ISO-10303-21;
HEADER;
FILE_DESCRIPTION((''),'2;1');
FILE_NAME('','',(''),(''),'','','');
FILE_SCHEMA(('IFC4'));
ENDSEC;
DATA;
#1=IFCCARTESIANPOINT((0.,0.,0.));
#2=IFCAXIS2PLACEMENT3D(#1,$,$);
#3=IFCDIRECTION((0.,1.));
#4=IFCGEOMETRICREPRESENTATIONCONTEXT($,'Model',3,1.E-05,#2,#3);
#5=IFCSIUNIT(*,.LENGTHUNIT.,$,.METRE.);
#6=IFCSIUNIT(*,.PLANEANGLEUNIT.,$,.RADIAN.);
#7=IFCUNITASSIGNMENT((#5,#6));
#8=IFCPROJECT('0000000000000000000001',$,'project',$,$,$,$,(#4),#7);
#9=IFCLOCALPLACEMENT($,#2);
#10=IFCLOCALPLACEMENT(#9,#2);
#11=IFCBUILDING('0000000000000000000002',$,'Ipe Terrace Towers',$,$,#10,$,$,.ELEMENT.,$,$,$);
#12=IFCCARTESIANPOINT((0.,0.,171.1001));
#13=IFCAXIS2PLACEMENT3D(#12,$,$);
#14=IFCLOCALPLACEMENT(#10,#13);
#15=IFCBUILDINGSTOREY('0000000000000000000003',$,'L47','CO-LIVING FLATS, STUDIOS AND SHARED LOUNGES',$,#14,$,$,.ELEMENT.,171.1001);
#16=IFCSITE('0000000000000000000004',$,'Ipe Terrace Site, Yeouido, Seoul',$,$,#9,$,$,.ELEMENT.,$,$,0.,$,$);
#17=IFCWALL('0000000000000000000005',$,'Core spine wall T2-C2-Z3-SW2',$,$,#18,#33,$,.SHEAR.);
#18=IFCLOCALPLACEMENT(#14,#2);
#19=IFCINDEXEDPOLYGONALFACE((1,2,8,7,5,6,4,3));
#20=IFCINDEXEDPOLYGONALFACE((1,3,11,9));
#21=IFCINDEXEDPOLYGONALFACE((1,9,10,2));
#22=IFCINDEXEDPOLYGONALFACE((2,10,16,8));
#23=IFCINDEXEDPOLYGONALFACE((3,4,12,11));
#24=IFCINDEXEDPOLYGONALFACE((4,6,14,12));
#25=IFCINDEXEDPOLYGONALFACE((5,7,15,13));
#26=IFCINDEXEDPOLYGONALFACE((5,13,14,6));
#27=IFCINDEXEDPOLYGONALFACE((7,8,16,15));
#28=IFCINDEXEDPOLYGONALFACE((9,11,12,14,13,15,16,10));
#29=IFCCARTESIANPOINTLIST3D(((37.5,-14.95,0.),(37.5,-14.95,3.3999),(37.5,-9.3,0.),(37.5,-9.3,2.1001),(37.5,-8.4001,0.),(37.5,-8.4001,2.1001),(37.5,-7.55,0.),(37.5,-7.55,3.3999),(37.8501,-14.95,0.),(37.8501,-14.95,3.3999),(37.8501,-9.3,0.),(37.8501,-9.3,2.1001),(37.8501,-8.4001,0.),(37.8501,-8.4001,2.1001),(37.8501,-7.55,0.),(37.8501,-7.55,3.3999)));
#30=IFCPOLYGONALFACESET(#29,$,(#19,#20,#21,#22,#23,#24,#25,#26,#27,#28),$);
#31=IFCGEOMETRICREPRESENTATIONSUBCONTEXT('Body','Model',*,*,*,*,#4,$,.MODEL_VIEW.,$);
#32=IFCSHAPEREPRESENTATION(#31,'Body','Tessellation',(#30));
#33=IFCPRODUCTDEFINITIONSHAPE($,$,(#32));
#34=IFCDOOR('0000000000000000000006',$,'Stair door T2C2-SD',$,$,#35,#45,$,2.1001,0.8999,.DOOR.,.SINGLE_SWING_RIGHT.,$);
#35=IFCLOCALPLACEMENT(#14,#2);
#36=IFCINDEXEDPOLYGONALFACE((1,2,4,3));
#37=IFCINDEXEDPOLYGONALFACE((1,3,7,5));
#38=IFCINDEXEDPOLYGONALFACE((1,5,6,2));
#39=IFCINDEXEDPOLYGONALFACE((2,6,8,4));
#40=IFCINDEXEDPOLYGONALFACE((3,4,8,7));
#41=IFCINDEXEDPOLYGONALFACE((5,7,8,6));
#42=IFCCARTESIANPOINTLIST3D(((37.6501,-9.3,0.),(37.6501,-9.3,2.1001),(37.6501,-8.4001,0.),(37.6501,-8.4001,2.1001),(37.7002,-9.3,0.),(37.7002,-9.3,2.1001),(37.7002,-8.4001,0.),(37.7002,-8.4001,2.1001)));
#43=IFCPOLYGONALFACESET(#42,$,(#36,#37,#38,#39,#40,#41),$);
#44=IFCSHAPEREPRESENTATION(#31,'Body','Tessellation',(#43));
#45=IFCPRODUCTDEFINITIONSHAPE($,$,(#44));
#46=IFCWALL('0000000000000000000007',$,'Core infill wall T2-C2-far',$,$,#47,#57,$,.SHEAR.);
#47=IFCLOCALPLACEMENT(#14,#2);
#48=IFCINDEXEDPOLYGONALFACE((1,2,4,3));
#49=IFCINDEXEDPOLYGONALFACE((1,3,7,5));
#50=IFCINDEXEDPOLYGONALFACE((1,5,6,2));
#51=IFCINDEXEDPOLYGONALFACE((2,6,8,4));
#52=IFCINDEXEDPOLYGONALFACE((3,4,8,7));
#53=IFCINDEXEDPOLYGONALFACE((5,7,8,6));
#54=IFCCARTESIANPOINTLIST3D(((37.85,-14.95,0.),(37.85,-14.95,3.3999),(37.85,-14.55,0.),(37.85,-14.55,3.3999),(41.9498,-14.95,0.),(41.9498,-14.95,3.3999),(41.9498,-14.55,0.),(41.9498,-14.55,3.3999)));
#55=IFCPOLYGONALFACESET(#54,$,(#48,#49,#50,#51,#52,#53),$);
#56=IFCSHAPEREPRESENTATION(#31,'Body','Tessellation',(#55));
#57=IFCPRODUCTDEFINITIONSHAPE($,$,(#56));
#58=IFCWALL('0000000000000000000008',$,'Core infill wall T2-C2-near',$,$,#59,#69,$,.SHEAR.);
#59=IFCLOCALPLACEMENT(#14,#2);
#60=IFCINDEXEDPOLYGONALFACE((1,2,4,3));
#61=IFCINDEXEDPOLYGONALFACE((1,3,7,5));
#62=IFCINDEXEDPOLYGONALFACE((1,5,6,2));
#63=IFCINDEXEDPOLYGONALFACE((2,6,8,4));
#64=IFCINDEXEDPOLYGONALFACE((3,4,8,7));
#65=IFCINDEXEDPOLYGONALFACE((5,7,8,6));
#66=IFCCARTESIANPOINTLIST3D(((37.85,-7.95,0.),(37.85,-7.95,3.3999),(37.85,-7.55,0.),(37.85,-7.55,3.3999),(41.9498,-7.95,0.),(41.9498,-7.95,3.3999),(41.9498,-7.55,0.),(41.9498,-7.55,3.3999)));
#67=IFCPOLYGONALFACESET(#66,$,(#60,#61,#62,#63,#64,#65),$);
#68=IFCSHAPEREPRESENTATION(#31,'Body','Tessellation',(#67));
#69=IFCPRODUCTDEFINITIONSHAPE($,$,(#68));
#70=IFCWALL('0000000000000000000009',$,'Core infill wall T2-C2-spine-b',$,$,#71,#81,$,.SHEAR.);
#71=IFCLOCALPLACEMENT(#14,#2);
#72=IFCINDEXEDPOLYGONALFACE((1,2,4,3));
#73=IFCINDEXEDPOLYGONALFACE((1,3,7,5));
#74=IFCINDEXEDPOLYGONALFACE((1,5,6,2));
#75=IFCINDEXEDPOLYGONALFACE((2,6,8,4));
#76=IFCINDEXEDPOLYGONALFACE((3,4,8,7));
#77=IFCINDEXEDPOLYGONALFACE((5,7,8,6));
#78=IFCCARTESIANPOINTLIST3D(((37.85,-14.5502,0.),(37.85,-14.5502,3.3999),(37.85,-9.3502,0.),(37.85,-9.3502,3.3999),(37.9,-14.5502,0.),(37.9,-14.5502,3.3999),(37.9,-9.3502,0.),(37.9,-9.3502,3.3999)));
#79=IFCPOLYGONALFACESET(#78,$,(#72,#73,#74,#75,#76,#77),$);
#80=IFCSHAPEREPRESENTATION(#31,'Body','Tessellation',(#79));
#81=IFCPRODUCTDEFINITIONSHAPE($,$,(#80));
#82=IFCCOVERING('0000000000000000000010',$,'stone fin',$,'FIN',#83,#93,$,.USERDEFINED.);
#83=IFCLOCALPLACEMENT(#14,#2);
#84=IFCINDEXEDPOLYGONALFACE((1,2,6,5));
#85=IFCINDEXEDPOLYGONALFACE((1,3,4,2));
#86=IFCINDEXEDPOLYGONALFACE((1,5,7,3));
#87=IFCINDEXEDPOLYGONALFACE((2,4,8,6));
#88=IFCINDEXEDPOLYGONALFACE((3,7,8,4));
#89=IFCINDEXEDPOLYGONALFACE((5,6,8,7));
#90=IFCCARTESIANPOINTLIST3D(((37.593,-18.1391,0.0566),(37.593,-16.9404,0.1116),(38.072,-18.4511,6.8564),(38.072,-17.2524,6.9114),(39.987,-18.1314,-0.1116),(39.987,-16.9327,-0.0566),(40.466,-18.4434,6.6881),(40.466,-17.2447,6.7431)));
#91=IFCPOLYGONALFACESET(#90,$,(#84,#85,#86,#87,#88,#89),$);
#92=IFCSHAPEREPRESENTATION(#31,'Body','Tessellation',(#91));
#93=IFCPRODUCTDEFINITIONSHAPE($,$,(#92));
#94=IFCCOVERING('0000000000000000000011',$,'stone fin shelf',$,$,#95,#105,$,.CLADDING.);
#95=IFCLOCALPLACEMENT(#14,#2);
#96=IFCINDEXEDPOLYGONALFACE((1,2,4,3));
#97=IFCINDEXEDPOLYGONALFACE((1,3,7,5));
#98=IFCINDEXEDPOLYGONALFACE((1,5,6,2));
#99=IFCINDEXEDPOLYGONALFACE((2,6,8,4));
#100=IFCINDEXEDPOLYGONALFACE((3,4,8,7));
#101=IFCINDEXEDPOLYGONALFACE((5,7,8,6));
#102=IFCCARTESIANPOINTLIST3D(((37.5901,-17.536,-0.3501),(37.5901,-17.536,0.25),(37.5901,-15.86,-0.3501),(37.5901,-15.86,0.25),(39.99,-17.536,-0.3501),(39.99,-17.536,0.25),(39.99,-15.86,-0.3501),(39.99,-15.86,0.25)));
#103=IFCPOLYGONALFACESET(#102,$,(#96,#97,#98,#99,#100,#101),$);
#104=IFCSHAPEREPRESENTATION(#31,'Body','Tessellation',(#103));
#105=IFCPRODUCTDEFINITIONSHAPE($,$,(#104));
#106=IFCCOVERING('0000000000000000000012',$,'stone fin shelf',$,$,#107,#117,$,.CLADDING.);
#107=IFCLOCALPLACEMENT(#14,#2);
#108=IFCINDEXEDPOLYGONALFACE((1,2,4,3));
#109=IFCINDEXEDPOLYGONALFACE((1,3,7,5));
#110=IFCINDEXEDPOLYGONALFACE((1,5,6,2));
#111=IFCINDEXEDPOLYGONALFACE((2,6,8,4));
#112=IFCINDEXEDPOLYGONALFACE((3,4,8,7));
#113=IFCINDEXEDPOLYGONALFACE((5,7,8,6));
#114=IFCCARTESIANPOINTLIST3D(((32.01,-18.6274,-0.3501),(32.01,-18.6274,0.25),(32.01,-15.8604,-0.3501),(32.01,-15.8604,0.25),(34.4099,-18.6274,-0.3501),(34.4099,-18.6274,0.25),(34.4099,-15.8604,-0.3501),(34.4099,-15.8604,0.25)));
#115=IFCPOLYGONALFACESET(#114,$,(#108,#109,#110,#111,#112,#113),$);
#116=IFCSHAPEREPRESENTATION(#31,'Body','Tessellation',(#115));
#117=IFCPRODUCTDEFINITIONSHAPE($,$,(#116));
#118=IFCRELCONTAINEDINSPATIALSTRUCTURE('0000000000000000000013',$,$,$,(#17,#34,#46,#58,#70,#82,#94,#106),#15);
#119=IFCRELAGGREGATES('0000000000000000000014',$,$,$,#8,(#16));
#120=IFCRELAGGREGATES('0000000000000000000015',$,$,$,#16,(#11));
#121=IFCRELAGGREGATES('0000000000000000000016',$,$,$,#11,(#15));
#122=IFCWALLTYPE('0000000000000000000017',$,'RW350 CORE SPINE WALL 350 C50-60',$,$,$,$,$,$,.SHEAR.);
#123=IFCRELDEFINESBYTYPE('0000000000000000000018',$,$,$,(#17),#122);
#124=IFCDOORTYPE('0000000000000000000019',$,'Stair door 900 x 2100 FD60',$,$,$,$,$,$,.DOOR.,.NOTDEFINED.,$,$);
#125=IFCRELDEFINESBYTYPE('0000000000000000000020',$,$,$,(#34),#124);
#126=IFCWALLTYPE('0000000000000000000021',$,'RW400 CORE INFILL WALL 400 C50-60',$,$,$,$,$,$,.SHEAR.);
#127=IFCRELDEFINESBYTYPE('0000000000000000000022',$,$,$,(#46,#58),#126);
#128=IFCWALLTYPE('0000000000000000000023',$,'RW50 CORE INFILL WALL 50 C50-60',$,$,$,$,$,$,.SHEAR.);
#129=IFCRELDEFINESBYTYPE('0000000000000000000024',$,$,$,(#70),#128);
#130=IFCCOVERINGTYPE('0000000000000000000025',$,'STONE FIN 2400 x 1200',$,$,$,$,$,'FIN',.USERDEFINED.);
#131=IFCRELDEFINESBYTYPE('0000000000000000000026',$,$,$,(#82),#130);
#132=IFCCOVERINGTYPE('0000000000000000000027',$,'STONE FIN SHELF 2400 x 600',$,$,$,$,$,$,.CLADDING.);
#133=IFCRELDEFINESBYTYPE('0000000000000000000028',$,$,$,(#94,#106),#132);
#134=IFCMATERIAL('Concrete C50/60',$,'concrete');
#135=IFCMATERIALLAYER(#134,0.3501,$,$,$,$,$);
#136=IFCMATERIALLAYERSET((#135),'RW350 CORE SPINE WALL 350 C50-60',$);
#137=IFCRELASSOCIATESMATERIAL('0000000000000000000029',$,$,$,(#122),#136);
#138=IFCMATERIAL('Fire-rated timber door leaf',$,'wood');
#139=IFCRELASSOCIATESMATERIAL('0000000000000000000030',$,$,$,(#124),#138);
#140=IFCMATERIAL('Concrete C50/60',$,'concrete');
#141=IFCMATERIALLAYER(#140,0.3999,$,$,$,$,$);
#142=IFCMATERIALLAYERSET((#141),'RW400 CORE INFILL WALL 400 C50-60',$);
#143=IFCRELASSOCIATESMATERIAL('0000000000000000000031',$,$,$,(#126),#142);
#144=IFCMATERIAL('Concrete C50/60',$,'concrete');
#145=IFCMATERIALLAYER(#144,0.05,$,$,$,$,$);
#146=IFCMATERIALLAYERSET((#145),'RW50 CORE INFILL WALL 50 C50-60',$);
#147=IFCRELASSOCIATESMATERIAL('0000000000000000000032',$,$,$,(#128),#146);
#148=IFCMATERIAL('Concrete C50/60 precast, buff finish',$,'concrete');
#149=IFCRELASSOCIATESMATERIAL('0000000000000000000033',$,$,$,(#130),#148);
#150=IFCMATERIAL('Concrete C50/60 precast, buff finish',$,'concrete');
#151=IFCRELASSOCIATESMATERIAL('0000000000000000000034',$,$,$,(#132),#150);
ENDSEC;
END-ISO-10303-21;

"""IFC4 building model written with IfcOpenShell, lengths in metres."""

from ifc_helpers import new_model, si_unit, direction, frame, frame_2d, origin, origin_2d, place, context, subcontext, project, spatial, rectangle, extrude, material, layer, layer_set, material_profile, profile_set, type_object, element, fill, save


model = new_model("IFC4")

# Units and contexts
model_context = context("Model", 3, precision=1e-05, world=origin(), true_north=direction((0.0, 1.0)))
body_context = subcontext(model_context, "Body", "Model", "MODEL_VIEW")
ifc_project = project(units=[si_unit("LENGTHUNIT", "METRE"), si_unit("PLANEANGLEUNIT", "RADIAN")], contexts=[model_context])

# Site, building, storey
site_placement = place(None, origin())
site = spatial("IfcSite", under=ifc_project, at=site_placement, Name="Ipe Terrace Site, Yeouido, Seoul", CompositionType="ELEMENT", RefElevation=0.0)
building_placement = place(site_placement, origin())
building = spatial("IfcBuilding", under=site, at=building_placement, Name="Ipe Terrace Towers", CompositionType="ELEMENT")
storey_placement = place(building_placement, frame((0.0, 0.0, 171.1001)))
storey = spatial("IfcBuildingStorey", under=building, at=storey_placement, Name="L47", Description="CO-LIVING FLATS, STUDIOS AND SHARED LOUNGES", CompositionType="ELEMENT", Elevation=171.1001)

# Shared definitions
ifc_material_1 = material(Name="Concrete C50/60", Category="concrete")
ifc_layer_1 = layer(ifc_material_1, 0.3501)
ifc_layer_set_1 = layer_set([ifc_layer_1], Name="RW350 CORE SPINE WALL 350 C50-60")
wall_type_1 = type_object("IfcWallType", Name="RW350 CORE SPINE WALL 350 C50-60", PredefinedType="SHEAR", material=ifc_layer_set_1)

# Wall, opening, door
wall_1_placement = place(storey_placement, frame((37.675, -14.95, 0.0), z_axis=(0.0, 0.0, 1.0), x_axis=(0.0, 1.0, 0.0)))
wall_1 = element("IfcWall", 1, at=wall_1_placement, inside=storey, type_object=wall_type_1, Name="Core spine wall T2-C2-Z3-SW2", PredefinedType="SHEAR", context=body_context, shape_type="SweptSolid", body=[
    extrude(rectangle(XDim=7.3999, YDim=0.3501, at=frame_2d((3.7, 0.0))), origin(), (0.0, 0.0, 1.0), 3.3999),
])
opening_1_placement = place(wall_1_placement, frame((5.6499, 0.0, 0.0)))
opening_1 = element("IfcOpeningElement", 2, at=opening_1_placement, cuts=wall_1, PredefinedType="OPENING", context=body_context, shape_type="SweptSolid", body=[
    extrude(rectangle(XDim=0.8999, YDim=2.1001, at=frame_2d((0.45, 1.05))), frame((0.0, 0.1851, 0.0), z_axis=(0.0, -1.0, 0.0), x_axis=(1.0, 0.0, 0.0)), (0.0, 0.0, 1.0), 0.3701),
])
ifc_material_2 = material(Name="Fire-rated timber door leaf", Category="wood")
door_type_1 = type_object("IfcDoorType", Name="Stair door 900 x 2100 FD60", OperationType="NOTDEFINED", PredefinedType="DOOR", material=ifc_material_2)
door_1_placement = place(opening_1_placement, origin())
door_1 = element("IfcDoor", 3, at=door_1_placement, inside=storey, type_object=door_type_1, Name="Stair door T2C2-SD", OperationType="SINGLE_SWING_RIGHT", OverallHeight=2.1001, OverallWidth=0.8999, PredefinedType="DOOR", context=body_context, shape_type="SweptSolid", body=[
    extrude(rectangle(XDim=0.8999, YDim=2.1001, at=frame_2d((0.45, 1.05))), frame((0.0, 0.0249, 0.0), z_axis=(0.0, -1.0, 0.0), x_axis=(1.0, 0.0, 0.0)), (0.0, 0.0, 1.0), 0.05),
])
fill(opening_1, door_1)

# Walls
ifc_material_3 = material(Name="Concrete C50/60", Category="concrete")
ifc_layer_2 = layer(ifc_material_3, 0.3999)
ifc_layer_set_2 = layer_set([ifc_layer_2], Name="RW400 CORE INFILL WALL 400 C50-60")
wall_type_2 = type_object("IfcWallType", Name="RW400 CORE INFILL WALL 400 C50-60", PredefinedType="SHEAR", material=ifc_layer_set_2)
for number, where, z_axis, x_axis, name in (
    (4, (37.8501, -14.75, 0.0), (0.0, 0.0, 1.0), (1.0, 0.0, 0.0), "Core infill wall T2-C2-far"),
    (5, (37.8501, -7.75, 0.0), (0.0, 0.0, 1.0), (1.0, 0.0, 0.0), "Core infill wall T2-C2-near"),
):
    element("IfcWall", number, at=place(storey_placement, frame(where, z_axis=z_axis, x_axis=x_axis)), inside=storey, type_object=wall_type_2, Name=name, PredefinedType="SHEAR", context=body_context, shape_type="SweptSolid", body=[
        extrude(rectangle(XDim=4.0999, YDim=0.3999, at=frame_2d((2.0498, 0.0))), origin(), (0.0, 0.0, 1.0), 3.3999),
    ])
ifc_material_4 = material(Name="Concrete C50/60", Category="concrete")
ifc_layer_3 = layer(ifc_material_4, 0.05)
ifc_layer_set_3 = layer_set([ifc_layer_3], Name="RW50 CORE INFILL WALL 50 C50-60")
wall_type_3 = type_object("IfcWallType", Name="RW50 CORE INFILL WALL 50 C50-60", PredefinedType="SHEAR", material=ifc_layer_set_3)
wall_2_placement = place(storey_placement, frame((37.875, -9.3501, 0.0), z_axis=(0.0, 0.0, 1.0), x_axis=(0.0, -1.0, 0.0)))
element("IfcWall", 6, at=wall_2_placement, inside=storey, type_object=wall_type_3, Name="Core infill wall T2-C2-spine-b", PredefinedType="SHEAR", context=body_context, shape_type="SweptSolid", body=[
    extrude(rectangle(XDim=5.2, YDim=0.05, at=frame_2d((2.6001, 0.0))), origin(), (0.0, 0.0, 1.0), 3.3999),
])

# Coverings
ifc_material_5 = material(Name="Concrete C50/60 precast, buff finish", Category="concrete")
ifc_material_profile = material_profile(ifc_material_5, rectangle(XDim=2.3999, YDim=1.2, at=origin_2d()), Name="STONE FIN 2400 x 1200")
ifc_profile_set = profile_set([ifc_material_profile], Name="Concrete C50/60 precast, buff finish")
covering_type_1 = type_object("IfcCoveringType", Name="STONE FIN 2400 x 1200", ElementType="FIN", PredefinedType="USERDEFINED", material=ifc_profile_set)
covering_1_placement = place(storey_placement, frame((38.79, -17.5359, 0.0), z_axis=(0.070196, -0.045724, 0.996485), x_axis=(0.997533, 0.003218, -0.070122)))
element("IfcCovering", 7, at=covering_1_placement, inside=storey, type_object=covering_type_1, Name="stone fin", ObjectType="FIN", PredefinedType="USERDEFINED", context=body_context, shape_type="SweptSolid", body=[
    extrude(rectangle(XDim=2.3999, YDim=1.2, at=origin_2d()), origin(), (0.0, 0.0, 1.0), 6.8237),
])
ifc_material_6 = material(Name="Concrete C50/60 precast, buff finish", Category="concrete")
covering_type_2 = type_object("IfcCoveringType", Name="STONE FIN SHELF 2400 x 600", PredefinedType="CLADDING", material=ifc_material_6)
covering_2_placement = place(storey_placement, frame((38.79, -16.698, -0.3501), z_axis=(0.0, 0.0, 1.0), x_axis=(1.0, 0.0, 0.0)))
element("IfcCovering", 8, at=covering_2_placement, inside=storey, type_object=covering_type_2, Name="stone fin shelf", PredefinedType="CLADDING", context=body_context, shape_type="SweptSolid", body=[
    extrude(rectangle(XDim=2.3999, YDim=1.676, at=origin_2d()), origin(), (0.0, 0.0, 1.0), 0.6001),
])
covering_3_placement = place(storey_placement, frame((33.21, -17.2439, -0.3501), z_axis=(0.0, 0.0, 1.0), x_axis=(1.0, 0.0, 0.0)))
element("IfcCovering", 9, at=covering_3_placement, inside=storey, type_object=covering_type_2, Name="stone fin shelf", PredefinedType="CLADDING", context=body_context, shape_type="SweptSolid", body=[
    extrude(rectangle(XDim=2.3999, YDim=2.7671, at=origin_2d()), origin(), (0.0, 0.0, 1.0), 0.6001),
])

save(model, "model.ifc")
